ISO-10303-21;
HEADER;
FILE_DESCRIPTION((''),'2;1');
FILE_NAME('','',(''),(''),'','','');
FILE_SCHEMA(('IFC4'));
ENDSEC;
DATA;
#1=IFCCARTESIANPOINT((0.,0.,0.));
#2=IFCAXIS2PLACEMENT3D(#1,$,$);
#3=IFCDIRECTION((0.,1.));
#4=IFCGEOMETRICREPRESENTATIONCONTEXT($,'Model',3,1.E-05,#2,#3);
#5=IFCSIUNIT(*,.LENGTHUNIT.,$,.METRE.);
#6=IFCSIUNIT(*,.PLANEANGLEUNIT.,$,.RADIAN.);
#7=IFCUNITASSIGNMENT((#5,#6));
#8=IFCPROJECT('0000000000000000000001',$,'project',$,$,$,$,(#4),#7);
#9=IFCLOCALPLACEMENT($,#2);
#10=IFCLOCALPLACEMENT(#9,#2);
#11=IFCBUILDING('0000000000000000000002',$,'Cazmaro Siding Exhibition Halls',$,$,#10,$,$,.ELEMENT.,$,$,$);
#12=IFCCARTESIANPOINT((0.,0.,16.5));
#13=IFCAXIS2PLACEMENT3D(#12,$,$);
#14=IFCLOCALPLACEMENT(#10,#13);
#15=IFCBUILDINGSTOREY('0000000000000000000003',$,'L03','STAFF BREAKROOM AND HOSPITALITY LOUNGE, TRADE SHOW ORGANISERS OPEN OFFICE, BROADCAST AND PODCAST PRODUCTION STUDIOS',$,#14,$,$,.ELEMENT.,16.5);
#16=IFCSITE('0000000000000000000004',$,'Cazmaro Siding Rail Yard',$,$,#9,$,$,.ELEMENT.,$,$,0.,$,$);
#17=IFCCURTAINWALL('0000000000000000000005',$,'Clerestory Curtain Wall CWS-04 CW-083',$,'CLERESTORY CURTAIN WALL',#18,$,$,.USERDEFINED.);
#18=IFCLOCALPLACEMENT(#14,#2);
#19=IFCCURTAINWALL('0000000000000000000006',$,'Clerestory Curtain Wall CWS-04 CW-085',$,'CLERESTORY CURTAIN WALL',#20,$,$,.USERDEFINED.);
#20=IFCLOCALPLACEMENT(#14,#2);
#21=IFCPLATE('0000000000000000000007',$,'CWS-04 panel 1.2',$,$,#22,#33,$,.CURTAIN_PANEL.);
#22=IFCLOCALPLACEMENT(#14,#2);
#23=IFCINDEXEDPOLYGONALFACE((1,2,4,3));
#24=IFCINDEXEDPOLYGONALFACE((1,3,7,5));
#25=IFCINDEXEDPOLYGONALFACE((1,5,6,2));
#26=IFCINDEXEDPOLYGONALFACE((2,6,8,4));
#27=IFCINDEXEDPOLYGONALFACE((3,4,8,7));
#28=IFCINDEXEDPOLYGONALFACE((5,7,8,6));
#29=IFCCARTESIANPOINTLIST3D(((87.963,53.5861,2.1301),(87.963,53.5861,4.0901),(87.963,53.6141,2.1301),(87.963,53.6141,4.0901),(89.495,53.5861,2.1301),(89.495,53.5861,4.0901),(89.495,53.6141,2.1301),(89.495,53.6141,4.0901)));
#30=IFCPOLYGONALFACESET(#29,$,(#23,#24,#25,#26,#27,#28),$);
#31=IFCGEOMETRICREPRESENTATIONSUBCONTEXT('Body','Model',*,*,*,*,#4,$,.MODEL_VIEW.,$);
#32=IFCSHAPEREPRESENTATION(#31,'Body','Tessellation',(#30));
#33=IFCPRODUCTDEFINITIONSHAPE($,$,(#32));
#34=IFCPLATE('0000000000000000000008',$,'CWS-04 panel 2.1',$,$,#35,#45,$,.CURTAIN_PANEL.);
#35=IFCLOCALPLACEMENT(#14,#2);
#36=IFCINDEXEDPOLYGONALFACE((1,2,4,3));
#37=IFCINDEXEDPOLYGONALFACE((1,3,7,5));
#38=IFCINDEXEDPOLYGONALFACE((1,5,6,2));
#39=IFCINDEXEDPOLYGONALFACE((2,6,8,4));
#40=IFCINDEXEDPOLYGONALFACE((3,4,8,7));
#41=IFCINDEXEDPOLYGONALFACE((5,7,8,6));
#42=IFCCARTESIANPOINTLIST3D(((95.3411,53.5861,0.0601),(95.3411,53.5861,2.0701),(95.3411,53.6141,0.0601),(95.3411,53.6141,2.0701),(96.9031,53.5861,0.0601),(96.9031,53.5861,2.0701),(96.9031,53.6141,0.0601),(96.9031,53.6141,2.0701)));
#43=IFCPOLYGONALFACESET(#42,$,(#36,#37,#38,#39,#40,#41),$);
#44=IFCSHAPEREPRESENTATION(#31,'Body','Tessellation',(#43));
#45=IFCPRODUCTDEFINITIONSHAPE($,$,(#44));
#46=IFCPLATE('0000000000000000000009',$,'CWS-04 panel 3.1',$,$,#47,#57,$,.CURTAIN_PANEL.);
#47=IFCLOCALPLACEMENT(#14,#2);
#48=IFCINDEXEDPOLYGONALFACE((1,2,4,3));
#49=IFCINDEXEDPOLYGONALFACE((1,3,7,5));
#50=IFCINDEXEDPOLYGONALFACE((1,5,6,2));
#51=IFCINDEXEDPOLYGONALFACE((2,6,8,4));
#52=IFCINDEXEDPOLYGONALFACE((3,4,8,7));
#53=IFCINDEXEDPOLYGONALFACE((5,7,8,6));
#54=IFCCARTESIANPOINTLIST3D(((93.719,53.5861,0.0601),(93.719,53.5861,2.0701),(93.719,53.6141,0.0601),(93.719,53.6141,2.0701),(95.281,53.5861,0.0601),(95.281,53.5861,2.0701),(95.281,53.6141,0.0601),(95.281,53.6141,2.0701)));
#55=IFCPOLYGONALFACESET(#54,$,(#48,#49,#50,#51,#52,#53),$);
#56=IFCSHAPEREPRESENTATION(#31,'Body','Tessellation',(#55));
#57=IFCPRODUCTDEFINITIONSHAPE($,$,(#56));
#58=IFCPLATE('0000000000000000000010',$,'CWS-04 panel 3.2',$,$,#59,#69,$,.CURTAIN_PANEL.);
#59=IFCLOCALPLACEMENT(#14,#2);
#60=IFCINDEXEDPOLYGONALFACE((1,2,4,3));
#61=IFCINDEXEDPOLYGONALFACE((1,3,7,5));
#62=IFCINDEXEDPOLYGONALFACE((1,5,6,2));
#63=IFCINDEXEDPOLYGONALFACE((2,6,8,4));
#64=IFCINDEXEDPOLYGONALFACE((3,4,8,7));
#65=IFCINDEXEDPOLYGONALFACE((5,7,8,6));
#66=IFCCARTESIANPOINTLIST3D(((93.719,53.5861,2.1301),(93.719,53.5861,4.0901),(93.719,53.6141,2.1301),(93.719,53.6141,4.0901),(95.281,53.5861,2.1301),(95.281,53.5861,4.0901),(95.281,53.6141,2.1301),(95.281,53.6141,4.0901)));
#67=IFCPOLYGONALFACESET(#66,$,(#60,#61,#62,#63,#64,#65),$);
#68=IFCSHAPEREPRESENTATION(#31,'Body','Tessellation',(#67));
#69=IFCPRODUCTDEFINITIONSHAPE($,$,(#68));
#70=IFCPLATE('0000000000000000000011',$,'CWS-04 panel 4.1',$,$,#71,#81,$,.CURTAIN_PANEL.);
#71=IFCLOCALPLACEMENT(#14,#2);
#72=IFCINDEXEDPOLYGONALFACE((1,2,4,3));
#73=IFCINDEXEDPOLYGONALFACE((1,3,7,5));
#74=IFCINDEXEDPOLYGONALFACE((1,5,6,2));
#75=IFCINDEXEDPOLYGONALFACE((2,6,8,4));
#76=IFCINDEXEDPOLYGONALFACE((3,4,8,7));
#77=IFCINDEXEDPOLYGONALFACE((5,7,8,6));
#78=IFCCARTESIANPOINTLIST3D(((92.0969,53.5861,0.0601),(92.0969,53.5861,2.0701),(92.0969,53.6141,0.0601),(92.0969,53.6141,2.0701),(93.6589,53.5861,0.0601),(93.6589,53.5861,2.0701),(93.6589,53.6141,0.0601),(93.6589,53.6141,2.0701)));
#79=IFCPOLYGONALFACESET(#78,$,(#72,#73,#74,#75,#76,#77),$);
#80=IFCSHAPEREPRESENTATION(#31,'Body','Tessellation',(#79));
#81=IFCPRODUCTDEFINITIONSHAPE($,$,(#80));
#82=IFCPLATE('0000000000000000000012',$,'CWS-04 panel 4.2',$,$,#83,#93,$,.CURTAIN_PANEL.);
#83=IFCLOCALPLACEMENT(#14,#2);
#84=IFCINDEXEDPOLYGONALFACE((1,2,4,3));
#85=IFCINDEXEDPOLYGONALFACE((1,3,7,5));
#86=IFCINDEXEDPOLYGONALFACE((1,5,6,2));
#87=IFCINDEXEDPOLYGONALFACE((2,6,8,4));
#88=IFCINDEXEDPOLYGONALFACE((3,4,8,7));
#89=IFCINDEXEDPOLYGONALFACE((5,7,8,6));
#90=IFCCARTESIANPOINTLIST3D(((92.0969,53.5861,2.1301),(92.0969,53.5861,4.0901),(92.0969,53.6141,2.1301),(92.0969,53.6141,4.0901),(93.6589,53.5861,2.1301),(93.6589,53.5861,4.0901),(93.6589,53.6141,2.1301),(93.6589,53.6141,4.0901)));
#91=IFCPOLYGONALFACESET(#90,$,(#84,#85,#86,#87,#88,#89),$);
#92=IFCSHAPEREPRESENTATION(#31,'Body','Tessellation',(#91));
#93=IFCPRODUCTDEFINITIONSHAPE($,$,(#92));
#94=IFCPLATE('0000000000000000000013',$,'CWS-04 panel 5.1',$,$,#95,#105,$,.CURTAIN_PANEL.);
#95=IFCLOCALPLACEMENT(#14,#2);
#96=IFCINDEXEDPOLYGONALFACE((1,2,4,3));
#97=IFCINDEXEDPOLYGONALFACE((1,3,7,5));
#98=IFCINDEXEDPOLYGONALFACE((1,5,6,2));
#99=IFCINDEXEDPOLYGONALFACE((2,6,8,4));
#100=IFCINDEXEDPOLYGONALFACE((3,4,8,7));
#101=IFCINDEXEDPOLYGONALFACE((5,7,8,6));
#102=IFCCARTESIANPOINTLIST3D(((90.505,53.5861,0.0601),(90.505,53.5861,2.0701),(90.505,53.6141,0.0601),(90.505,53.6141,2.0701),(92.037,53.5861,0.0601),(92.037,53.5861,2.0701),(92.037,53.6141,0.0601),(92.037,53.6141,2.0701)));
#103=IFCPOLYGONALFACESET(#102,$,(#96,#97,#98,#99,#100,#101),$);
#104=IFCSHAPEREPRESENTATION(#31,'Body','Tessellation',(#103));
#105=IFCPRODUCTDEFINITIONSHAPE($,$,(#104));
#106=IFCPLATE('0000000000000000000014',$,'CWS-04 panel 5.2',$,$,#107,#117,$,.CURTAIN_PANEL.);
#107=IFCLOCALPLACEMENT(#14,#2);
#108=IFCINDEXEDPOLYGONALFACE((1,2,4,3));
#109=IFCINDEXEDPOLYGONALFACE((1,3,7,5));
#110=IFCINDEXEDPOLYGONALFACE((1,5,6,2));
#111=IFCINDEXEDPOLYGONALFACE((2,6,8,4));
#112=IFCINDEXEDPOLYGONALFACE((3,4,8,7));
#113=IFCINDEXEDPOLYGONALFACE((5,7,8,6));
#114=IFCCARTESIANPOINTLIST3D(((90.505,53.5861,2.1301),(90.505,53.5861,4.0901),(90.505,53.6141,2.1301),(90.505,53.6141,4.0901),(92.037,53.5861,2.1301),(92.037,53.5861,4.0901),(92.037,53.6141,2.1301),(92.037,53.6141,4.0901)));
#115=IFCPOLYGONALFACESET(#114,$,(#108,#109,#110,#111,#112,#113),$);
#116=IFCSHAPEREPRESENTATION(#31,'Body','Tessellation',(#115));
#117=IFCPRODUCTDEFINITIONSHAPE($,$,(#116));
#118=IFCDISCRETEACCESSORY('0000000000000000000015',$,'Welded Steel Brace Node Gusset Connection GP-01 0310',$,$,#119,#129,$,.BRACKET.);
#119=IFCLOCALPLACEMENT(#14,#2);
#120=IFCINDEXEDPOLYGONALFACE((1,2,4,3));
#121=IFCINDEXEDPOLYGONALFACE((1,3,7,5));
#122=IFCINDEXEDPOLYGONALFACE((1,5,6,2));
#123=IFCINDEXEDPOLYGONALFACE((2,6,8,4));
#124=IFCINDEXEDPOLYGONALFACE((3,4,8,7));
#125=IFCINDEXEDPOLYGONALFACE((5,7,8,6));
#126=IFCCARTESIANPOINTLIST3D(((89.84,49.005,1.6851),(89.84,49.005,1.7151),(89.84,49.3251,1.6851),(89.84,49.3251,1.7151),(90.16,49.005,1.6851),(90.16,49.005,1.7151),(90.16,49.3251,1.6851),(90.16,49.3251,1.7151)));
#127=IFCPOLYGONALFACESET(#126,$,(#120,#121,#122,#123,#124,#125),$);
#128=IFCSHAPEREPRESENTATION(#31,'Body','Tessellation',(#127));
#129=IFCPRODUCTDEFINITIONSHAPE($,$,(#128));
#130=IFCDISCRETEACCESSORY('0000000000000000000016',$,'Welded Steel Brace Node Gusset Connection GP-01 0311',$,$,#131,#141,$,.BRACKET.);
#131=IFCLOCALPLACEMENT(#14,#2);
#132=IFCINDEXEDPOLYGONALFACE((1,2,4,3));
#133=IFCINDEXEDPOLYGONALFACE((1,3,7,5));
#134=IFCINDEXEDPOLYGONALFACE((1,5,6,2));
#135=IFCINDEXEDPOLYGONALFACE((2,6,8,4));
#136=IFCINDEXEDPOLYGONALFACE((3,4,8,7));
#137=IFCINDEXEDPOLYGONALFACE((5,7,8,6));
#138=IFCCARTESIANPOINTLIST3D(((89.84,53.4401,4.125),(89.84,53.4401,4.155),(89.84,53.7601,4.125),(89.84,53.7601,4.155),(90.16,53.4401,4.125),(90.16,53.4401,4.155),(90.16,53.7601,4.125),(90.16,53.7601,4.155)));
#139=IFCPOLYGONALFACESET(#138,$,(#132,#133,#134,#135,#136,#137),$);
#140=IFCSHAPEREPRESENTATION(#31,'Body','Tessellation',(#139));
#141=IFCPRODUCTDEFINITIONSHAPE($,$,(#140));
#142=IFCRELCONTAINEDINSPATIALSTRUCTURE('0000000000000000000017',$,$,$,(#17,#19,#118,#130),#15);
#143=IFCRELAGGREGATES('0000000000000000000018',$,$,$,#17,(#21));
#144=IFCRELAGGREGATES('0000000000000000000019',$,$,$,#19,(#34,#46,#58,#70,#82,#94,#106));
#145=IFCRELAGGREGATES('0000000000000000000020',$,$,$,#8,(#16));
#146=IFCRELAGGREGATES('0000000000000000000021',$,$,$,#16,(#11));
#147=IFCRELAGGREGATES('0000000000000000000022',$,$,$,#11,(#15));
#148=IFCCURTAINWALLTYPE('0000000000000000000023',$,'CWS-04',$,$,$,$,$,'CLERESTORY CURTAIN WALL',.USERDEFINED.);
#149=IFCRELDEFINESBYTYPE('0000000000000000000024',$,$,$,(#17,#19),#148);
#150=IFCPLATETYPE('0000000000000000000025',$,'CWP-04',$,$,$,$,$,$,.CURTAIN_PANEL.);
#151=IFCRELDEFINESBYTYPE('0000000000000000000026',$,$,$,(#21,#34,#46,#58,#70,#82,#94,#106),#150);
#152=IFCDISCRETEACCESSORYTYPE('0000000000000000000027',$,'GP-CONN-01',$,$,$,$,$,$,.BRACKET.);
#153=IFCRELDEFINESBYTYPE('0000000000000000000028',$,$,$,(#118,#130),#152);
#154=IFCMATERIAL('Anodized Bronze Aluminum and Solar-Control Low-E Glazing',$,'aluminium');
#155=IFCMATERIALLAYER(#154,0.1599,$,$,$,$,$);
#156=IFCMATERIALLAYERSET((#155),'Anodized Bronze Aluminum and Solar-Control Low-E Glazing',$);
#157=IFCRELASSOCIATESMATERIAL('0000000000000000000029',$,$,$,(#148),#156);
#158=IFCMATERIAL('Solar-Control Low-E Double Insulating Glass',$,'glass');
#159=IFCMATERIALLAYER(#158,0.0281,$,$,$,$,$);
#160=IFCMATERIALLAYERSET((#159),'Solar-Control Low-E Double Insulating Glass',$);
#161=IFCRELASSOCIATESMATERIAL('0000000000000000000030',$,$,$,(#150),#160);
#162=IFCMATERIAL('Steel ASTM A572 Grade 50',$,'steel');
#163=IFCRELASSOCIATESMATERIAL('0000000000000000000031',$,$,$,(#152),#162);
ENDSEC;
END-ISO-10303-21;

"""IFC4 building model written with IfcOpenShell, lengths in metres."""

from ifc_helpers import new_model, si_unit, direction, frame, origin, origin_2d, place, context, subcontext, project, spatial, rectangle, extrude, material, layer, layer_set, type_object, element, aggregate, save


model = new_model("IFC4")

# Units and contexts
model_context = context("Model", 3, precision=1e-05, world=origin(), true_north=direction((0.0, 1.0)))
body_context = subcontext(model_context, "Body", "Model", "MODEL_VIEW")
ifc_project = project(units=[si_unit("LENGTHUNIT", "METRE"), si_unit("PLANEANGLEUNIT", "RADIAN")], contexts=[model_context])

# Site, building, storey
site_placement = place(None, origin())
site = spatial("IfcSite", under=ifc_project, at=site_placement, Name="Cazmaro Siding Rail Yard", CompositionType="ELEMENT", RefElevation=0.0)
building_placement = place(site_placement, origin())
building = spatial("IfcBuilding", under=site, at=building_placement, Name="Cazmaro Siding Exhibition Halls", CompositionType="ELEMENT")
storey_placement = place(building_placement, frame((0.0, 0.0, 16.5)))
storey = spatial("IfcBuildingStorey", under=building, at=storey_placement, Name="L03", Description="STAFF BREAKROOM AND HOSPITALITY LOUNGE, TRADE SHOW ORGANISERS OPEN OFFICE, BROADCAST AND PODCAST PRODUCTION STUDIOS", CompositionType="ELEMENT", Elevation=16.5)

# Curtain wall
ifc_material_1 = material(Name="Anodized Bronze Aluminum and Solar-Control Low-E Glazing", Category="aluminium")
ifc_layer_1 = layer(ifc_material_1, 0.1599)
ifc_layer_set_1 = layer_set([ifc_layer_1], Name="Anodized Bronze Aluminum and Solar-Control Low-E Glazing")
curtain_wall_type = type_object("IfcCurtainWallType", Name="CWS-04", ElementType="CLERESTORY CURTAIN WALL", PredefinedType="USERDEFINED", material=ifc_layer_set_1)
curtain_wall_1_placement = place(storey_placement, origin())
curtain_wall_1 = element("IfcCurtainWall", 1, at=curtain_wall_1_placement, inside=storey, type_object=curtain_wall_type, Name="Clerestory Curtain Wall CWS-04 CW-083", ObjectType="CLERESTORY CURTAIN WALL", PredefinedType="USERDEFINED")

# Curtain wall
curtain_wall_2_placement = place(storey_placement, origin())
curtain_wall_2 = element("IfcCurtainWall", 2, at=curtain_wall_2_placement, inside=storey, type_object=curtain_wall_type, Name="Clerestory Curtain Wall CWS-04 CW-085", ObjectType="CLERESTORY CURTAIN WALL", PredefinedType="USERDEFINED")

# Plates
ifc_material_2 = material(Name="Solar-Control Low-E Double Insulating Glass", Category="glass")
ifc_layer_2 = layer(ifc_material_2, 0.0281)
ifc_layer_set_2 = layer_set([ifc_layer_2], Name="Solar-Control Low-E Double Insulating Glass")
plate_type = type_object("IfcPlateType", Name="CWP-04", PredefinedType="CURTAIN_PANEL", material=ifc_layer_set_2)
plate_1_placement = place(storey_placement, frame((88.729, 53.6001, 2.1301), z_axis=(0.0, 0.0, 1.0), x_axis=(-1.0, 0.0, 0.0)))
plate_1 = element("IfcPlate", 3, at=plate_1_placement, type_object=plate_type, Name="CWS-04 panel 1.2", PredefinedType="CURTAIN_PANEL", context=body_context, shape_type="SweptSolid", body=[
    extrude(rectangle(XDim=1.532, YDim=0.0281, at=origin_2d()), origin(), (0.0, 0.0, 1.0), 1.96),
])
aggregate(curtain_wall_1, [plate_1])
plate_2_placement = place(storey_placement, frame((96.1221, 53.6001, 0.0601), z_axis=(0.0, 0.0, 1.0), x_axis=(-1.0, 0.0, 0.0)))
plate_2 = element("IfcPlate", 4, at=plate_2_placement, type_object=plate_type, Name="CWS-04 panel 2.1", PredefinedType="CURTAIN_PANEL", context=body_context, shape_type="SweptSolid", body=[
    extrude(rectangle(XDim=1.562, YDim=0.0281, at=origin_2d()), origin(), (0.0, 0.0, 1.0), 2.01),
])
plate_3_placement = place(storey_placement, frame((94.5, 53.6001, 0.0601), z_axis=(0.0, 0.0, 1.0), x_axis=(-1.0, 0.0, 0.0)))
plate_3 = element("IfcPlate", 5, at=plate_3_placement, type_object=plate_type, Name="CWS-04 panel 3.1", PredefinedType="CURTAIN_PANEL", context=body_context, shape_type="SweptSolid", body=[
    extrude(rectangle(XDim=1.562, YDim=0.0281, at=origin_2d()), origin(), (0.0, 0.0, 1.0), 2.01),
])
plate_4_placement = place(storey_placement, frame((94.5, 53.6001, 2.1301), z_axis=(0.0, 0.0, 1.0), x_axis=(-1.0, 0.0, 0.0)))
plate_4 = element("IfcPlate", 6, at=plate_4_placement, type_object=plate_type, Name="CWS-04 panel 3.2", PredefinedType="CURTAIN_PANEL", context=body_context, shape_type="SweptSolid", body=[
    extrude(rectangle(XDim=1.562, YDim=0.0281, at=origin_2d()), origin(), (0.0, 0.0, 1.0), 1.96),
])
plate_5_placement = place(storey_placement, frame((92.8779, 53.6001, 0.0601), z_axis=(0.0, 0.0, 1.0), x_axis=(-1.0, 0.0, 0.0)))
plate_5 = element("IfcPlate", 7, at=plate_5_placement, type_object=plate_type, Name="CWS-04 panel 4.1", PredefinedType="CURTAIN_PANEL", context=body_context, shape_type="SweptSolid", body=[
    extrude(rectangle(XDim=1.562, YDim=0.0281, at=origin_2d()), origin(), (0.0, 0.0, 1.0), 2.01),
])
plate_6_placement = place(storey_placement, frame((92.8779, 53.6001, 2.1301), z_axis=(0.0, 0.0, 1.0), x_axis=(-1.0, 0.0, 0.0)))
plate_6 = element("IfcPlate", 8, at=plate_6_placement, type_object=plate_type, Name="CWS-04 panel 4.2", PredefinedType="CURTAIN_PANEL", context=body_context, shape_type="SweptSolid", body=[
    extrude(rectangle(XDim=1.562, YDim=0.0281, at=origin_2d()), origin(), (0.0, 0.0, 1.0), 1.96),
])
plate_7_placement = place(storey_placement, frame((91.271, 53.6001, 0.0601), z_axis=(0.0, 0.0, 1.0), x_axis=(-1.0, 0.0, 0.0)))
plate_7 = element("IfcPlate", 9, at=plate_7_placement, type_object=plate_type, Name="CWS-04 panel 5.1", PredefinedType="CURTAIN_PANEL", context=body_context, shape_type="SweptSolid", body=[
    extrude(rectangle(XDim=1.532, YDim=0.0281, at=origin_2d()), origin(), (0.0, 0.0, 1.0), 2.01),
])
plate_8_placement = place(storey_placement, frame((91.271, 53.6001, 2.1301), z_axis=(0.0, 0.0, 1.0), x_axis=(-1.0, 0.0, 0.0)))
plate_8 = element("IfcPlate", 10, at=plate_8_placement, type_object=plate_type, Name="CWS-04 panel 5.2", PredefinedType="CURTAIN_PANEL", context=body_context, shape_type="SweptSolid", body=[
    extrude(rectangle(XDim=1.532, YDim=0.0281, at=origin_2d()), origin(), (0.0, 0.0, 1.0), 1.96),
])
aggregate(curtain_wall_2, [plate_2, plate_3, plate_4, plate_5, plate_6, plate_7, plate_8])

# Discrete accessories
ifc_material_3 = material(Name="Steel ASTM A572 Grade 50", Category="steel")
discrete_accessory_type = type_object("IfcDiscreteAccessoryType", Name="GP-CONN-01", PredefinedType="BRACKET", material=ifc_material_3)
for number, where, z_axis, x_axis, name in (
    (11, (90.0, 49.165, 1.6851), (0.0, 0.0, 1.0), (1.0, 0.0, 0.0), "Welded Steel Brace Node Gusset Connection GP-01 0310"),
    (12, (90.0, 53.6001, 4.125), (0.0, 0.0, 1.0), (1.0, 0.0, 0.0), "Welded Steel Brace Node Gusset Connection GP-01 0311"),
):
    element("IfcDiscreteAccessory", number, at=place(storey_placement, frame(where, z_axis=z_axis, x_axis=x_axis)), inside=storey, type_object=discrete_accessory_type, Name=name, PredefinedType="BRACKET", context=body_context, shape_type="SweptSolid", body=[
        extrude(rectangle(XDim=0.3201, YDim=0.3201, at=origin_2d()), origin(), (0.0, 0.0, 1.0), 0.03),
    ])

save(model, "model.ifc")
